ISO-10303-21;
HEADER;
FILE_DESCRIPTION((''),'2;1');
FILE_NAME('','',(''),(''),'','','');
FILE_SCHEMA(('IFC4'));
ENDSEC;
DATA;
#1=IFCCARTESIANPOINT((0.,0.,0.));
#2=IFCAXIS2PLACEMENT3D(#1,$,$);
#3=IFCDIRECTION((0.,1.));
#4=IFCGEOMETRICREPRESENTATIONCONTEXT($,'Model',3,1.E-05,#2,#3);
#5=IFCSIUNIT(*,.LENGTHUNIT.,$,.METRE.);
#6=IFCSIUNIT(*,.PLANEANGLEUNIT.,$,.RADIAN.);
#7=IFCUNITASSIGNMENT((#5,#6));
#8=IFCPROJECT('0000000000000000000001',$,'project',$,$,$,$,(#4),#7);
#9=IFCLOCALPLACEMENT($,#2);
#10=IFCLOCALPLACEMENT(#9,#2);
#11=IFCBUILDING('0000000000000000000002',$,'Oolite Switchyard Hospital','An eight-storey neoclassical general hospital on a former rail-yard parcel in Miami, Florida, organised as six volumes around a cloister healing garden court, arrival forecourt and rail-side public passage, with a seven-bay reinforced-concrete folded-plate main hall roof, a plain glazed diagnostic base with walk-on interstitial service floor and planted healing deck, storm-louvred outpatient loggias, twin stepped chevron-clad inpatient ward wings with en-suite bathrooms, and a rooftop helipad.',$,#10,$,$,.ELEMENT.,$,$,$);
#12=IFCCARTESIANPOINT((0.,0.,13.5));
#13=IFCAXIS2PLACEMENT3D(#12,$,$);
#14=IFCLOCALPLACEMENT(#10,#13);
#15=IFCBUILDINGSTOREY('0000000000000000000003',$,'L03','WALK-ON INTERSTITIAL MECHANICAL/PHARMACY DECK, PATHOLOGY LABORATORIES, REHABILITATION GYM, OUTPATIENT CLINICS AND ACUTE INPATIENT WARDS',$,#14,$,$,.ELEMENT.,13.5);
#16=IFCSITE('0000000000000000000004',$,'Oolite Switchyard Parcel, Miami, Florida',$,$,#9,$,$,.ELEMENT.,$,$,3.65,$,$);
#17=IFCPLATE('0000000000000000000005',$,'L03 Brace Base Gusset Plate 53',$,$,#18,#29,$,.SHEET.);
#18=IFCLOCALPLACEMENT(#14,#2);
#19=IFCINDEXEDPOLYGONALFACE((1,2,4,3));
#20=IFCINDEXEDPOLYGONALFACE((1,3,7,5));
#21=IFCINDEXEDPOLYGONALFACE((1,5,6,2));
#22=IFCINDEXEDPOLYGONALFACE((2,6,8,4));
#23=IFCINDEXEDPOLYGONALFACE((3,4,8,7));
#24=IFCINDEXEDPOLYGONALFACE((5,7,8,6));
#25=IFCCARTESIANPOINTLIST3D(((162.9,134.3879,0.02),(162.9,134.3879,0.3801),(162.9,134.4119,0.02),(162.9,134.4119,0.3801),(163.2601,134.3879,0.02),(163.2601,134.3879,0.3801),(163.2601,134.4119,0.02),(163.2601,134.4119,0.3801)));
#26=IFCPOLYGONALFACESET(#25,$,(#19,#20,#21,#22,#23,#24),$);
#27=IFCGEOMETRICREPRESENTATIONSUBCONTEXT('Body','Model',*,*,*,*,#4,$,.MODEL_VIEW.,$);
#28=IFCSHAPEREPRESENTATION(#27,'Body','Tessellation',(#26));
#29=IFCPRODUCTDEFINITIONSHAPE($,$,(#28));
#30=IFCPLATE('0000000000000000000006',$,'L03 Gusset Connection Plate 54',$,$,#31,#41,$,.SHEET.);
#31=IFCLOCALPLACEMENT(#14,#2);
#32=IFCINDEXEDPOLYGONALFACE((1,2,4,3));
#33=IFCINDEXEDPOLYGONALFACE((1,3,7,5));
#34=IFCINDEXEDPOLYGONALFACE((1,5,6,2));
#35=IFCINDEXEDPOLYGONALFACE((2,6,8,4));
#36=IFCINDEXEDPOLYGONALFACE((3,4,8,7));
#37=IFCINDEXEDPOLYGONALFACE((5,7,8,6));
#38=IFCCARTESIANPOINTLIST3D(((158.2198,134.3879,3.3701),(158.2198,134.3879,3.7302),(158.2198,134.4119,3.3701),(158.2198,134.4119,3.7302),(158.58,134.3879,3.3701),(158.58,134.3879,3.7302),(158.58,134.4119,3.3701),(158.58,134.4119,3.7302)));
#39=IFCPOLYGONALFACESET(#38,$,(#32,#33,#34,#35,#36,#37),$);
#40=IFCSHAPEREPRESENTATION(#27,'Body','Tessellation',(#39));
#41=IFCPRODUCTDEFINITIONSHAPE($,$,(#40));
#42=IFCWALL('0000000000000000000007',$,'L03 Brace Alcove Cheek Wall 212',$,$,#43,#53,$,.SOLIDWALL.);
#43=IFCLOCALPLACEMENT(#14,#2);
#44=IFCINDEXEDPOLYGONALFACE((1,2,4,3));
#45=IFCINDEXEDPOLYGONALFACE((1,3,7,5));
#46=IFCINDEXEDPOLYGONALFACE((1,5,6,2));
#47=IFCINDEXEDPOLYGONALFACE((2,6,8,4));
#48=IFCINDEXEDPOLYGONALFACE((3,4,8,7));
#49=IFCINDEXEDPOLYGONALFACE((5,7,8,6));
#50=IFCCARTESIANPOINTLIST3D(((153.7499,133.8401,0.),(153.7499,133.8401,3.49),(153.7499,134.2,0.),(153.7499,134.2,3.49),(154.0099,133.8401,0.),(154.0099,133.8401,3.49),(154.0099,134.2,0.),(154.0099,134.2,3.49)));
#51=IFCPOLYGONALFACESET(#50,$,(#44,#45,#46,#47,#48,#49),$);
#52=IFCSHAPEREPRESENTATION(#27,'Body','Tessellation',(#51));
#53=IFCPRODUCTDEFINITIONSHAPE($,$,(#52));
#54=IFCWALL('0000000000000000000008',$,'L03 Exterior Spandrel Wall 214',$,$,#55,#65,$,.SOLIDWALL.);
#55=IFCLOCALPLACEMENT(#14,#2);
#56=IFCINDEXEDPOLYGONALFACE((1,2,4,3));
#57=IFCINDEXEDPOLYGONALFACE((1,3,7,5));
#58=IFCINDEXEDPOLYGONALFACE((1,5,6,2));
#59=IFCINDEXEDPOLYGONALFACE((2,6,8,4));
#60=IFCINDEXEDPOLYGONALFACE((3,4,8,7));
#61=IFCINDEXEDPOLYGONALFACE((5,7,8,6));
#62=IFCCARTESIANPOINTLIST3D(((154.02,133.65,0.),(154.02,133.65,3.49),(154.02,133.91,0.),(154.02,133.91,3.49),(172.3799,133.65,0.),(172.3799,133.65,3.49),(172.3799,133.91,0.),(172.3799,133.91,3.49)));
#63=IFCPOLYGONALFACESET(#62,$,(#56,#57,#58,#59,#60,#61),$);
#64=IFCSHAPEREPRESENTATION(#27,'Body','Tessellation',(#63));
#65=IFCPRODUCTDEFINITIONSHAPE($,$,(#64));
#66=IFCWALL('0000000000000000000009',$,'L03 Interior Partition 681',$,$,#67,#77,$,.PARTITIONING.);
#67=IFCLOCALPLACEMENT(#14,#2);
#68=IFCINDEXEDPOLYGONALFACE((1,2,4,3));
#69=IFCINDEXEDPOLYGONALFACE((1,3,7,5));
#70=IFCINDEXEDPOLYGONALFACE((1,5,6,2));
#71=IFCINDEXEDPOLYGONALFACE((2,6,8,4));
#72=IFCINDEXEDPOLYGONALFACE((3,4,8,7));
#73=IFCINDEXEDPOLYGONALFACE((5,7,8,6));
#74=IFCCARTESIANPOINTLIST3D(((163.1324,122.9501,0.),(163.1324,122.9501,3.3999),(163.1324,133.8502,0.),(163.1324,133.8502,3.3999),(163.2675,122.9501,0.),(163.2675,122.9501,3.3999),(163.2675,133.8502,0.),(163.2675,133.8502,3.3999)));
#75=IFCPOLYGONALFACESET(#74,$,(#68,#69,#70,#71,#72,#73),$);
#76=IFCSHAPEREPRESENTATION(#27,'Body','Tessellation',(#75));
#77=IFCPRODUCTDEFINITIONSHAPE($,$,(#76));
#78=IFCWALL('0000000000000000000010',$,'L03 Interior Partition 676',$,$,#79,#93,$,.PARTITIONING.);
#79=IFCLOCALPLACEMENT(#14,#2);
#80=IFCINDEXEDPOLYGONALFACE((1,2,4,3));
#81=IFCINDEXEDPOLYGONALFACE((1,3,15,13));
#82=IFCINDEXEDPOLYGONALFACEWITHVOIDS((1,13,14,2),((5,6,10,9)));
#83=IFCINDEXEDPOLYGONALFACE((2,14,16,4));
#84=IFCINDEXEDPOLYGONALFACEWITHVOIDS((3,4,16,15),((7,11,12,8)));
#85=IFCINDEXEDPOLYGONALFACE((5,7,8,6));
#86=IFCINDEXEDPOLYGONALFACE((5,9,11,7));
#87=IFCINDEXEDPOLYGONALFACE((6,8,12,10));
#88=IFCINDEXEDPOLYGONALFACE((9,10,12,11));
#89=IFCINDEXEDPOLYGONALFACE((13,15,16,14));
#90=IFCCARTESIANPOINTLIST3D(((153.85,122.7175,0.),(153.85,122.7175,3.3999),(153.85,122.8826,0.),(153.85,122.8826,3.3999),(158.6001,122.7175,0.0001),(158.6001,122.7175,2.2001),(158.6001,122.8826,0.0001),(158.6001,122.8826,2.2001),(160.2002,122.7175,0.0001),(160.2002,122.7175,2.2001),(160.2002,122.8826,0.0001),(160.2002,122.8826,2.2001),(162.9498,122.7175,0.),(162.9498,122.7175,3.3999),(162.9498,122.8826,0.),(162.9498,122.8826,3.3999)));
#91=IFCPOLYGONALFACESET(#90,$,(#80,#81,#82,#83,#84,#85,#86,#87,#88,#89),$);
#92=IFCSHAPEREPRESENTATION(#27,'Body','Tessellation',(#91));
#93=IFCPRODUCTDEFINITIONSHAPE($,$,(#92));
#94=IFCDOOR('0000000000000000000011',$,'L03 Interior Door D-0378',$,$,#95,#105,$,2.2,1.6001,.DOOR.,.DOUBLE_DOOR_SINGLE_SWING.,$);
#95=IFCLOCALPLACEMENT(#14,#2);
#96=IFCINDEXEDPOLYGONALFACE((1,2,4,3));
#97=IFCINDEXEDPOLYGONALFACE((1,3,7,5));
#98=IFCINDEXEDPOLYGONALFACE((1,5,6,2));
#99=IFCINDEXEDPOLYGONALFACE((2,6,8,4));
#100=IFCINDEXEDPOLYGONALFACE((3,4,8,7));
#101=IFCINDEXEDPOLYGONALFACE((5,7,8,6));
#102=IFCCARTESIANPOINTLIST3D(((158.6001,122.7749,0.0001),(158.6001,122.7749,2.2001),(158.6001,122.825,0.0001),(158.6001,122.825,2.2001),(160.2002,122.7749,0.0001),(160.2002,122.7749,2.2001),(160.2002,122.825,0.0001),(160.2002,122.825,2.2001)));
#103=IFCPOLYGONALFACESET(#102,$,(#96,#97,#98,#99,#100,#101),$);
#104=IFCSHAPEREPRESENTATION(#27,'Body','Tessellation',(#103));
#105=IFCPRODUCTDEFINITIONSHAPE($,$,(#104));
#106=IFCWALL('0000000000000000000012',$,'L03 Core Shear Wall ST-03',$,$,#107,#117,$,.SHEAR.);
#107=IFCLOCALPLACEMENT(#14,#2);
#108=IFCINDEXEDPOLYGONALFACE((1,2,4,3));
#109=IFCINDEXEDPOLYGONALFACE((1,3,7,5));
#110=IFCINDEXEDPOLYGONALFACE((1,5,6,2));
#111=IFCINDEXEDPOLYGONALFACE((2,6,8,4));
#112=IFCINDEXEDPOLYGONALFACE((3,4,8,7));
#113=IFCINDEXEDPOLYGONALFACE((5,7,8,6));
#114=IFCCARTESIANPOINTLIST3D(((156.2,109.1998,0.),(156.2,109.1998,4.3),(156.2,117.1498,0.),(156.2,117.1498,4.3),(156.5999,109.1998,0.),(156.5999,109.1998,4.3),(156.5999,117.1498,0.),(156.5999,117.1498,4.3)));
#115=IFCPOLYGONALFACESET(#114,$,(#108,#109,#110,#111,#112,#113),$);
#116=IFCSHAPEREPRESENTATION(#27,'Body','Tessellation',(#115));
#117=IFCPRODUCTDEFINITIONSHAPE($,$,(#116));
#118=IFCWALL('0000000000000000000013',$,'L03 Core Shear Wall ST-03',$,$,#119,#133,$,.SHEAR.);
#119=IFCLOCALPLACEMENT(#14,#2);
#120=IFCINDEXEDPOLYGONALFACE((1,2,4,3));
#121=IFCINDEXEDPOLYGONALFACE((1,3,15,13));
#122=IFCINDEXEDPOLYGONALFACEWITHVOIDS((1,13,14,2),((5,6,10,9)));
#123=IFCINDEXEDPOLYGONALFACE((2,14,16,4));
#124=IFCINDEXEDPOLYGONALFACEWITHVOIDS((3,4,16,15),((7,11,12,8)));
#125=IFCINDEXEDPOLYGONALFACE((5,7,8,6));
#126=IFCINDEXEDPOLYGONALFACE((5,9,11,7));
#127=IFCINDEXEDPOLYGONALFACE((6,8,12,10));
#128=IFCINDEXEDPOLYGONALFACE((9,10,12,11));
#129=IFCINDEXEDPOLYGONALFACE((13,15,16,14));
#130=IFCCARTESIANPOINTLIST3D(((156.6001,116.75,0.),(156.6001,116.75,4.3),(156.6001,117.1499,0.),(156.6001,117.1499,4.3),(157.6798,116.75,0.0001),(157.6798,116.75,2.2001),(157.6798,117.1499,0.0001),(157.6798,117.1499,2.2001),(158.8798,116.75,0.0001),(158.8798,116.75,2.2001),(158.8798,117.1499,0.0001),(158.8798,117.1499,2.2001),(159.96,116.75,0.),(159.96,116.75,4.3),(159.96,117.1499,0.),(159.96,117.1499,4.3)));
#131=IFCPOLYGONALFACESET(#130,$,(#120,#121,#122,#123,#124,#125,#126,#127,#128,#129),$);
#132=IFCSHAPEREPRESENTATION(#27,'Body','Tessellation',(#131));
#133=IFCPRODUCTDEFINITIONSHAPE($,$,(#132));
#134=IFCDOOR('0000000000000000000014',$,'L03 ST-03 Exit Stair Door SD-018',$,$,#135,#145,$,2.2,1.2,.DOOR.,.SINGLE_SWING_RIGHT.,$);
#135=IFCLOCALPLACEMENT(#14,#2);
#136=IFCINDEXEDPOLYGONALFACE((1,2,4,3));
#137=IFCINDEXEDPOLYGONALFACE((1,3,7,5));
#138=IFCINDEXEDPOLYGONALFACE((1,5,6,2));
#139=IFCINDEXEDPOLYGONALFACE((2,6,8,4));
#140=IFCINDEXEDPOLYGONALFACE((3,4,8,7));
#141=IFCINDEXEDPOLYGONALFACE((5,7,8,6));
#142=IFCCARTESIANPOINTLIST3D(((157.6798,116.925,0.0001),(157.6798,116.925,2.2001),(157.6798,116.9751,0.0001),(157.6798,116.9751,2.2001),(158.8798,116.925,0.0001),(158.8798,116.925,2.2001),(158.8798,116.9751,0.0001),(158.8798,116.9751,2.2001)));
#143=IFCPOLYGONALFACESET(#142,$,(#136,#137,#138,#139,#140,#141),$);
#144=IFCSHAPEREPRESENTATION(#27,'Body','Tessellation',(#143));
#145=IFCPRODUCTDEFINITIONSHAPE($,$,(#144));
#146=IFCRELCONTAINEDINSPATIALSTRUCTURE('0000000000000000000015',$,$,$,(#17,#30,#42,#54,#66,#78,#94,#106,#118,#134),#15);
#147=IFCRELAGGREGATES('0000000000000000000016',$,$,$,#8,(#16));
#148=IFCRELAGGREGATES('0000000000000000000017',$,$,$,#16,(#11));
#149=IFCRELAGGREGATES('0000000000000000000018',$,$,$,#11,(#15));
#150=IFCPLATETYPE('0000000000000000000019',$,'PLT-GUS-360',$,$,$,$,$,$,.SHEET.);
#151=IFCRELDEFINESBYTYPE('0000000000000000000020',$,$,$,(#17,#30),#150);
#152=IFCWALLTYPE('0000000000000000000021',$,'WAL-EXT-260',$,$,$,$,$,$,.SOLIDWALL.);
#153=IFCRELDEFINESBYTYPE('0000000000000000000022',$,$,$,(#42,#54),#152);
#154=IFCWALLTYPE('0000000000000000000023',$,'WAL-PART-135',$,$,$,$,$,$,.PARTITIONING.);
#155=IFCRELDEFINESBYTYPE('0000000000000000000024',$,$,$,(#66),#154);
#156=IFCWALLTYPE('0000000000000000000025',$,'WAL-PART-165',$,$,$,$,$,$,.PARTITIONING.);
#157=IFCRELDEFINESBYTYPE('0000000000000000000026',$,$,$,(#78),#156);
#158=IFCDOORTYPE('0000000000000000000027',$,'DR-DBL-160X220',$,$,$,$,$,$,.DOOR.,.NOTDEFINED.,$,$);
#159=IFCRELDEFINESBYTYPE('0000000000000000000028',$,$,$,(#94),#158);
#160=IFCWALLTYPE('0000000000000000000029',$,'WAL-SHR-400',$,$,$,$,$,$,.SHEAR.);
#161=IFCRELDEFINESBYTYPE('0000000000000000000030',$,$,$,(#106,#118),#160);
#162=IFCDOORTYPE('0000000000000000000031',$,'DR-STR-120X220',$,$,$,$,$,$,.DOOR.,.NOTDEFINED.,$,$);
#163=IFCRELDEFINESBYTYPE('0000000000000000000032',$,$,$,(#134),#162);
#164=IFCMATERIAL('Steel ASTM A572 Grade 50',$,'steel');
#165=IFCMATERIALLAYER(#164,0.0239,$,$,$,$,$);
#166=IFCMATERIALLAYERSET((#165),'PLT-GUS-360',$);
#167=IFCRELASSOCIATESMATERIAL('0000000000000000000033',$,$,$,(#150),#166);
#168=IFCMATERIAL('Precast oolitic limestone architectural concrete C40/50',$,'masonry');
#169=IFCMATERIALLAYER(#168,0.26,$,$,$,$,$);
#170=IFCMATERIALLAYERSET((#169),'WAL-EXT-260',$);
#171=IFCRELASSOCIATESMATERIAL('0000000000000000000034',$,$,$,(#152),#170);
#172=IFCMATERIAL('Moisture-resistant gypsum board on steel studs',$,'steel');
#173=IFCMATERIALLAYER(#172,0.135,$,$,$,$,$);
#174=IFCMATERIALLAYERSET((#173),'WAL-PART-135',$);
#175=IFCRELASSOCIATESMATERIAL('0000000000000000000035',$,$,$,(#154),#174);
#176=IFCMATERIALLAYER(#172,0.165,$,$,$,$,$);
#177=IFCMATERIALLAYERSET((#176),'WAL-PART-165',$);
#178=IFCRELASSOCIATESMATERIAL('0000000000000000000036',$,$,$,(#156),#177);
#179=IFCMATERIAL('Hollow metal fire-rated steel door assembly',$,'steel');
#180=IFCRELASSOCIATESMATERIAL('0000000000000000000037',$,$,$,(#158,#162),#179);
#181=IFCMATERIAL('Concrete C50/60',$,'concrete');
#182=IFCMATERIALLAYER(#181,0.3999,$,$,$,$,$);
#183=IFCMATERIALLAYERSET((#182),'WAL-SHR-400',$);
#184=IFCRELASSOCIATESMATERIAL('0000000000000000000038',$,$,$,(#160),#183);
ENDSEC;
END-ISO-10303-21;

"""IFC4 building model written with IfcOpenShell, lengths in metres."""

from ifc_helpers import new_model, si_unit, direction, frame, frame_2d, origin, origin_2d, place, context, subcontext, project, spatial, rectangle, extrude, material, layer, layer_set, type_object, element, fill, save


model = new_model("IFC4")

# Units and contexts
model_context = context("Model", 3, precision=1e-05, world=origin(), true_north=direction((0.0, 1.0)))
body_context = subcontext(model_context, "Body", "Model", "MODEL_VIEW")
ifc_project = project(units=[si_unit("LENGTHUNIT", "METRE"), si_unit("PLANEANGLEUNIT", "RADIAN")], contexts=[model_context])

# Site, building, storey
site_placement = place(None, origin())
site = spatial("IfcSite", under=ifc_project, at=site_placement, Name="Oolite Switchyard Parcel, Miami, Florida", CompositionType="ELEMENT", RefElevation=3.65)
building_placement = place(site_placement, origin())
building = spatial("IfcBuilding", under=site, at=building_placement, Name="Oolite Switchyard Hospital", Description="An eight-storey neoclassical general hospital on a former rail-yard parcel in Miami, Florida, organised as six volumes around a cloister healing garden court, arrival forecourt and rail-side public passage, with a seven-bay reinforced-concrete folded-plate main hall roof, a plain glazed diagnostic base with walk-on interstitial service floor and planted healing deck, storm-louvred outpatient loggias, twin stepped chevron-clad inpatient ward wings with en-suite bathrooms, and a rooftop helipad.", CompositionType="ELEMENT")
storey_placement = place(building_placement, frame((0.0, 0.0, 13.5)))
storey = spatial("IfcBuildingStorey", under=building, at=storey_placement, Name="L03", Description="WALK-ON INTERSTITIAL MECHANICAL/PHARMACY DECK, PATHOLOGY LABORATORIES, REHABILITATION GYM, OUTPATIENT CLINICS AND ACUTE INPATIENT WARDS", CompositionType="ELEMENT", Elevation=13.5)

# Shared definitions
ifc_material_1 = material(Name="Concrete C50/60", Category="concrete")

# Plates
ifc_material_2 = material(Name="Steel ASTM A572 Grade 50", Category="steel")
ifc_layer_1 = layer(ifc_material_2, 0.0239)
ifc_layer_set_1 = layer_set([ifc_layer_1], Name="PLT-GUS-360")
plate_type = type_object("IfcPlateType", Name="PLT-GUS-360", PredefinedType="SHEET", material=ifc_layer_set_1)
for number, where, z_axis, x_axis, name in (
    (1, (163.0801, 134.3999, 0.02), (0.0, 0.0, 1.0), (1.0, 0.0, 0.0), "L03 Brace Base Gusset Plate 53"),
    (2, (158.3999, 134.3999, 3.3701), (0.0, 0.0, 1.0), (1.0, 0.0, 0.0), "L03 Gusset Connection Plate 54"),
):
    element("IfcPlate", number, at=place(storey_placement, frame(where, z_axis=z_axis, x_axis=x_axis)), inside=storey, type_object=plate_type, Name=name, PredefinedType="SHEET", context=body_context, shape_type="SweptSolid", body=[
        extrude(rectangle(XDim=0.3601, YDim=0.0239, at=origin_2d()), origin(), (0.0, 0.0, 1.0), 0.3601),
    ])

# Walls
ifc_material_3 = material(Name="Precast oolitic limestone architectural concrete C40/50", Category="masonry")
ifc_layer_2 = layer(ifc_material_3, 0.26)
ifc_layer_set_2 = layer_set([ifc_layer_2], Name="WAL-EXT-260")
wall_type_1 = type_object("IfcWallType", Name="WAL-EXT-260", PredefinedType="SOLIDWALL", material=ifc_layer_set_2)
wall_1_placement = place(storey_placement, frame((153.8799, 134.2, 0.0), z_axis=(0.0, 0.0, 1.0), x_axis=(0.0, -1.0, 0.0)))
element("IfcWall", 3, at=wall_1_placement, inside=storey, type_object=wall_type_1, Name="L03 Brace Alcove Cheek Wall 212", PredefinedType="SOLIDWALL", context=body_context, shape_type="SweptSolid", body=[
    extrude(rectangle(XDim=0.3599, YDim=0.26, at=frame_2d((0.1799, 0.0))), origin(), (0.0, 0.0, 1.0), 3.49),
])
wall_2_placement = place(storey_placement, frame((154.02, 133.78, 0.0), z_axis=(0.0, 0.0, 1.0), x_axis=(1.0, 0.0, 0.0)))
element("IfcWall", 4, at=wall_2_placement, inside=storey, type_object=wall_type_1, Name="L03 Exterior Spandrel Wall 214", PredefinedType="SOLIDWALL", context=body_context, shape_type="SweptSolid", body=[
    extrude(rectangle(XDim=18.3599, YDim=0.26, at=frame_2d((9.1799, 0.0))), origin(), (0.0, 0.0, 1.0), 3.49),
])
ifc_material_4 = material(Name="Moisture-resistant gypsum board on steel studs", Category="steel")
ifc_layer_3 = layer(ifc_material_4, 0.135)
ifc_layer_set_3 = layer_set([ifc_layer_3], Name="WAL-PART-135")
wall_type_2 = type_object("IfcWallType", Name="WAL-PART-135", PredefinedType="PARTITIONING", material=ifc_layer_set_3)
wall_3_placement = place(storey_placement, frame((163.2, 122.95, 0.0), z_axis=(0.0, 0.0, 1.0), x_axis=(0.0, 1.0, 0.0)))
element("IfcWall", 5, at=wall_3_placement, inside=storey, type_object=wall_type_2, Name="L03 Interior Partition 681", PredefinedType="PARTITIONING", context=body_context, shape_type="SweptSolid", body=[
    extrude(rectangle(XDim=10.9001, YDim=0.135, at=frame_2d((5.4502, 0.0))), origin(), (0.0, 0.0, 1.0), 3.3999),
])

# Wall, opening, door
ifc_layer_4 = layer(ifc_material_4, 0.165)
ifc_layer_set_4 = layer_set([ifc_layer_4], Name="WAL-PART-165")
wall_type_3 = type_object("IfcWallType", Name="WAL-PART-165", PredefinedType="PARTITIONING", material=ifc_layer_set_4)
wall_4_placement = place(storey_placement, frame((153.8501, 122.8, 0.0), z_axis=(0.0, 0.0, 1.0), x_axis=(1.0, 0.0, 0.0)))
wall_4 = element("IfcWall", 6, at=wall_4_placement, inside=storey, type_object=wall_type_3, Name="L03 Interior Partition 676", PredefinedType="PARTITIONING", context=body_context, shape_type="SweptSolid", body=[
    extrude(rectangle(XDim=9.0999, YDim=0.165, at=frame_2d((4.5498, 0.0))), origin(), (0.0, 0.0, 1.0), 3.3999),
])
opening_1_placement = place(wall_4_placement, frame((4.75, 0.0, 0.0)))
opening_1 = element("IfcOpeningElement", 7, at=opening_1_placement, cuts=wall_4, PredefinedType="OPENING", context=body_context, shape_type="SweptSolid", body=[
    extrude(rectangle(XDim=1.6001, YDim=2.2, at=frame_2d((0.8, 1.1001))), frame((0.0, 0.0925, 0.0), z_axis=(0.0, -1.0, 0.0), x_axis=(1.0, 0.0, 0.0)), (0.0, 0.0, 1.0), 0.1851),
])
ifc_material_5 = material(Name="Hollow metal fire-rated steel door assembly", Category="steel")
door_type_1 = type_object("IfcDoorType", Name="DR-DBL-160X220", OperationType="NOTDEFINED", PredefinedType="DOOR", material=ifc_material_5)
door_1_placement = place(opening_1_placement, origin())
door_1 = element("IfcDoor", 8, at=door_1_placement, inside=storey, type_object=door_type_1, Name="L03 Interior Door D-0378", OperationType="DOUBLE_DOOR_SINGLE_SWING", OverallHeight=2.2, OverallWidth=1.6001, PredefinedType="DOOR", context=body_context, shape_type="SweptSolid", body=[
    extrude(rectangle(XDim=1.6001, YDim=2.2, at=frame_2d((0.8, 1.1001))), frame((0.0, 0.0249, 0.0), z_axis=(0.0, -1.0, 0.0), x_axis=(1.0, 0.0, 0.0)), (0.0, 0.0, 1.0), 0.05),
])
fill(opening_1, door_1)

# Wall
ifc_layer_5 = layer(ifc_material_1, 0.3999)
ifc_layer_set_5 = layer_set([ifc_layer_5], Name="WAL-SHR-400")
wall_type_4 = type_object("IfcWallType", Name="WAL-SHR-400", PredefinedType="SHEAR", material=ifc_layer_set_5)
wall_5_placement = place(storey_placement, frame((156.3999, 117.1499, 0.0), z_axis=(0.0, 0.0, 1.0), x_axis=(0.0, -1.0, 0.0)))
element("IfcWall", 9, at=wall_5_placement, inside=storey, type_object=wall_type_4, Name="L03 Core Shear Wall ST-03", PredefinedType="SHEAR", context=body_context, shape_type="SweptSolid", body=[
    extrude(rectangle(XDim=7.95, YDim=0.3999, at=frame_2d((3.9751, 0.0))), origin(), (0.0, 0.0, 1.0), 4.3),
])

# Wall, opening, door
wall_6_placement = place(storey_placement, frame((159.96, 116.95, 0.0), z_axis=(0.0, 0.0, 1.0), x_axis=(-1.0, 0.0, 0.0)))
wall_6 = element("IfcWall", 10, at=wall_6_placement, inside=storey, type_object=wall_type_4, Name="L03 Core Shear Wall ST-03", PredefinedType="SHEAR", context=body_context, shape_type="SweptSolid", body=[
    extrude(rectangle(XDim=3.3599, YDim=0.3999, at=frame_2d((1.6799, 0.0))), origin(), (0.0, 0.0, 1.0), 4.3),
])
opening_2_placement = place(wall_6_placement, frame((1.0801, 0.0, 0.0)))
opening_2 = element("IfcOpeningElement", 11, at=opening_2_placement, cuts=wall_6, PredefinedType="OPENING", context=body_context, shape_type="SweptSolid", body=[
    extrude(rectangle(XDim=1.2, YDim=2.2, at=frame_2d((0.6001, 1.1001))), frame((0.0, 0.21, 0.0), z_axis=(0.0, -1.0, 0.0), x_axis=(1.0, 0.0, 0.0)), (0.0, 0.0, 1.0), 0.4199),
])
door_type_2 = type_object("IfcDoorType", Name="DR-STR-120X220", OperationType="NOTDEFINED", PredefinedType="DOOR", material=ifc_material_5)
door_2_placement = place(opening_2_placement, origin())
door_2 = element("IfcDoor", 12, at=door_2_placement, inside=storey, type_object=door_type_2, Name="L03 ST-03 Exit Stair Door SD-018", OperationType="SINGLE_SWING_RIGHT", OverallHeight=2.2, OverallWidth=1.2, PredefinedType="DOOR", context=body_context, shape_type="SweptSolid", body=[
    extrude(rectangle(XDim=1.2, YDim=2.2, at=frame_2d((0.6001, 1.1001))), frame((0.0, 0.0249, 0.0), z_axis=(0.0, -1.0, 0.0), x_axis=(1.0, 0.0, 0.0)), (0.0, 0.0, 1.0), 0.05),
])
fill(opening_2, door_2)

save(model, "model.ifc")
